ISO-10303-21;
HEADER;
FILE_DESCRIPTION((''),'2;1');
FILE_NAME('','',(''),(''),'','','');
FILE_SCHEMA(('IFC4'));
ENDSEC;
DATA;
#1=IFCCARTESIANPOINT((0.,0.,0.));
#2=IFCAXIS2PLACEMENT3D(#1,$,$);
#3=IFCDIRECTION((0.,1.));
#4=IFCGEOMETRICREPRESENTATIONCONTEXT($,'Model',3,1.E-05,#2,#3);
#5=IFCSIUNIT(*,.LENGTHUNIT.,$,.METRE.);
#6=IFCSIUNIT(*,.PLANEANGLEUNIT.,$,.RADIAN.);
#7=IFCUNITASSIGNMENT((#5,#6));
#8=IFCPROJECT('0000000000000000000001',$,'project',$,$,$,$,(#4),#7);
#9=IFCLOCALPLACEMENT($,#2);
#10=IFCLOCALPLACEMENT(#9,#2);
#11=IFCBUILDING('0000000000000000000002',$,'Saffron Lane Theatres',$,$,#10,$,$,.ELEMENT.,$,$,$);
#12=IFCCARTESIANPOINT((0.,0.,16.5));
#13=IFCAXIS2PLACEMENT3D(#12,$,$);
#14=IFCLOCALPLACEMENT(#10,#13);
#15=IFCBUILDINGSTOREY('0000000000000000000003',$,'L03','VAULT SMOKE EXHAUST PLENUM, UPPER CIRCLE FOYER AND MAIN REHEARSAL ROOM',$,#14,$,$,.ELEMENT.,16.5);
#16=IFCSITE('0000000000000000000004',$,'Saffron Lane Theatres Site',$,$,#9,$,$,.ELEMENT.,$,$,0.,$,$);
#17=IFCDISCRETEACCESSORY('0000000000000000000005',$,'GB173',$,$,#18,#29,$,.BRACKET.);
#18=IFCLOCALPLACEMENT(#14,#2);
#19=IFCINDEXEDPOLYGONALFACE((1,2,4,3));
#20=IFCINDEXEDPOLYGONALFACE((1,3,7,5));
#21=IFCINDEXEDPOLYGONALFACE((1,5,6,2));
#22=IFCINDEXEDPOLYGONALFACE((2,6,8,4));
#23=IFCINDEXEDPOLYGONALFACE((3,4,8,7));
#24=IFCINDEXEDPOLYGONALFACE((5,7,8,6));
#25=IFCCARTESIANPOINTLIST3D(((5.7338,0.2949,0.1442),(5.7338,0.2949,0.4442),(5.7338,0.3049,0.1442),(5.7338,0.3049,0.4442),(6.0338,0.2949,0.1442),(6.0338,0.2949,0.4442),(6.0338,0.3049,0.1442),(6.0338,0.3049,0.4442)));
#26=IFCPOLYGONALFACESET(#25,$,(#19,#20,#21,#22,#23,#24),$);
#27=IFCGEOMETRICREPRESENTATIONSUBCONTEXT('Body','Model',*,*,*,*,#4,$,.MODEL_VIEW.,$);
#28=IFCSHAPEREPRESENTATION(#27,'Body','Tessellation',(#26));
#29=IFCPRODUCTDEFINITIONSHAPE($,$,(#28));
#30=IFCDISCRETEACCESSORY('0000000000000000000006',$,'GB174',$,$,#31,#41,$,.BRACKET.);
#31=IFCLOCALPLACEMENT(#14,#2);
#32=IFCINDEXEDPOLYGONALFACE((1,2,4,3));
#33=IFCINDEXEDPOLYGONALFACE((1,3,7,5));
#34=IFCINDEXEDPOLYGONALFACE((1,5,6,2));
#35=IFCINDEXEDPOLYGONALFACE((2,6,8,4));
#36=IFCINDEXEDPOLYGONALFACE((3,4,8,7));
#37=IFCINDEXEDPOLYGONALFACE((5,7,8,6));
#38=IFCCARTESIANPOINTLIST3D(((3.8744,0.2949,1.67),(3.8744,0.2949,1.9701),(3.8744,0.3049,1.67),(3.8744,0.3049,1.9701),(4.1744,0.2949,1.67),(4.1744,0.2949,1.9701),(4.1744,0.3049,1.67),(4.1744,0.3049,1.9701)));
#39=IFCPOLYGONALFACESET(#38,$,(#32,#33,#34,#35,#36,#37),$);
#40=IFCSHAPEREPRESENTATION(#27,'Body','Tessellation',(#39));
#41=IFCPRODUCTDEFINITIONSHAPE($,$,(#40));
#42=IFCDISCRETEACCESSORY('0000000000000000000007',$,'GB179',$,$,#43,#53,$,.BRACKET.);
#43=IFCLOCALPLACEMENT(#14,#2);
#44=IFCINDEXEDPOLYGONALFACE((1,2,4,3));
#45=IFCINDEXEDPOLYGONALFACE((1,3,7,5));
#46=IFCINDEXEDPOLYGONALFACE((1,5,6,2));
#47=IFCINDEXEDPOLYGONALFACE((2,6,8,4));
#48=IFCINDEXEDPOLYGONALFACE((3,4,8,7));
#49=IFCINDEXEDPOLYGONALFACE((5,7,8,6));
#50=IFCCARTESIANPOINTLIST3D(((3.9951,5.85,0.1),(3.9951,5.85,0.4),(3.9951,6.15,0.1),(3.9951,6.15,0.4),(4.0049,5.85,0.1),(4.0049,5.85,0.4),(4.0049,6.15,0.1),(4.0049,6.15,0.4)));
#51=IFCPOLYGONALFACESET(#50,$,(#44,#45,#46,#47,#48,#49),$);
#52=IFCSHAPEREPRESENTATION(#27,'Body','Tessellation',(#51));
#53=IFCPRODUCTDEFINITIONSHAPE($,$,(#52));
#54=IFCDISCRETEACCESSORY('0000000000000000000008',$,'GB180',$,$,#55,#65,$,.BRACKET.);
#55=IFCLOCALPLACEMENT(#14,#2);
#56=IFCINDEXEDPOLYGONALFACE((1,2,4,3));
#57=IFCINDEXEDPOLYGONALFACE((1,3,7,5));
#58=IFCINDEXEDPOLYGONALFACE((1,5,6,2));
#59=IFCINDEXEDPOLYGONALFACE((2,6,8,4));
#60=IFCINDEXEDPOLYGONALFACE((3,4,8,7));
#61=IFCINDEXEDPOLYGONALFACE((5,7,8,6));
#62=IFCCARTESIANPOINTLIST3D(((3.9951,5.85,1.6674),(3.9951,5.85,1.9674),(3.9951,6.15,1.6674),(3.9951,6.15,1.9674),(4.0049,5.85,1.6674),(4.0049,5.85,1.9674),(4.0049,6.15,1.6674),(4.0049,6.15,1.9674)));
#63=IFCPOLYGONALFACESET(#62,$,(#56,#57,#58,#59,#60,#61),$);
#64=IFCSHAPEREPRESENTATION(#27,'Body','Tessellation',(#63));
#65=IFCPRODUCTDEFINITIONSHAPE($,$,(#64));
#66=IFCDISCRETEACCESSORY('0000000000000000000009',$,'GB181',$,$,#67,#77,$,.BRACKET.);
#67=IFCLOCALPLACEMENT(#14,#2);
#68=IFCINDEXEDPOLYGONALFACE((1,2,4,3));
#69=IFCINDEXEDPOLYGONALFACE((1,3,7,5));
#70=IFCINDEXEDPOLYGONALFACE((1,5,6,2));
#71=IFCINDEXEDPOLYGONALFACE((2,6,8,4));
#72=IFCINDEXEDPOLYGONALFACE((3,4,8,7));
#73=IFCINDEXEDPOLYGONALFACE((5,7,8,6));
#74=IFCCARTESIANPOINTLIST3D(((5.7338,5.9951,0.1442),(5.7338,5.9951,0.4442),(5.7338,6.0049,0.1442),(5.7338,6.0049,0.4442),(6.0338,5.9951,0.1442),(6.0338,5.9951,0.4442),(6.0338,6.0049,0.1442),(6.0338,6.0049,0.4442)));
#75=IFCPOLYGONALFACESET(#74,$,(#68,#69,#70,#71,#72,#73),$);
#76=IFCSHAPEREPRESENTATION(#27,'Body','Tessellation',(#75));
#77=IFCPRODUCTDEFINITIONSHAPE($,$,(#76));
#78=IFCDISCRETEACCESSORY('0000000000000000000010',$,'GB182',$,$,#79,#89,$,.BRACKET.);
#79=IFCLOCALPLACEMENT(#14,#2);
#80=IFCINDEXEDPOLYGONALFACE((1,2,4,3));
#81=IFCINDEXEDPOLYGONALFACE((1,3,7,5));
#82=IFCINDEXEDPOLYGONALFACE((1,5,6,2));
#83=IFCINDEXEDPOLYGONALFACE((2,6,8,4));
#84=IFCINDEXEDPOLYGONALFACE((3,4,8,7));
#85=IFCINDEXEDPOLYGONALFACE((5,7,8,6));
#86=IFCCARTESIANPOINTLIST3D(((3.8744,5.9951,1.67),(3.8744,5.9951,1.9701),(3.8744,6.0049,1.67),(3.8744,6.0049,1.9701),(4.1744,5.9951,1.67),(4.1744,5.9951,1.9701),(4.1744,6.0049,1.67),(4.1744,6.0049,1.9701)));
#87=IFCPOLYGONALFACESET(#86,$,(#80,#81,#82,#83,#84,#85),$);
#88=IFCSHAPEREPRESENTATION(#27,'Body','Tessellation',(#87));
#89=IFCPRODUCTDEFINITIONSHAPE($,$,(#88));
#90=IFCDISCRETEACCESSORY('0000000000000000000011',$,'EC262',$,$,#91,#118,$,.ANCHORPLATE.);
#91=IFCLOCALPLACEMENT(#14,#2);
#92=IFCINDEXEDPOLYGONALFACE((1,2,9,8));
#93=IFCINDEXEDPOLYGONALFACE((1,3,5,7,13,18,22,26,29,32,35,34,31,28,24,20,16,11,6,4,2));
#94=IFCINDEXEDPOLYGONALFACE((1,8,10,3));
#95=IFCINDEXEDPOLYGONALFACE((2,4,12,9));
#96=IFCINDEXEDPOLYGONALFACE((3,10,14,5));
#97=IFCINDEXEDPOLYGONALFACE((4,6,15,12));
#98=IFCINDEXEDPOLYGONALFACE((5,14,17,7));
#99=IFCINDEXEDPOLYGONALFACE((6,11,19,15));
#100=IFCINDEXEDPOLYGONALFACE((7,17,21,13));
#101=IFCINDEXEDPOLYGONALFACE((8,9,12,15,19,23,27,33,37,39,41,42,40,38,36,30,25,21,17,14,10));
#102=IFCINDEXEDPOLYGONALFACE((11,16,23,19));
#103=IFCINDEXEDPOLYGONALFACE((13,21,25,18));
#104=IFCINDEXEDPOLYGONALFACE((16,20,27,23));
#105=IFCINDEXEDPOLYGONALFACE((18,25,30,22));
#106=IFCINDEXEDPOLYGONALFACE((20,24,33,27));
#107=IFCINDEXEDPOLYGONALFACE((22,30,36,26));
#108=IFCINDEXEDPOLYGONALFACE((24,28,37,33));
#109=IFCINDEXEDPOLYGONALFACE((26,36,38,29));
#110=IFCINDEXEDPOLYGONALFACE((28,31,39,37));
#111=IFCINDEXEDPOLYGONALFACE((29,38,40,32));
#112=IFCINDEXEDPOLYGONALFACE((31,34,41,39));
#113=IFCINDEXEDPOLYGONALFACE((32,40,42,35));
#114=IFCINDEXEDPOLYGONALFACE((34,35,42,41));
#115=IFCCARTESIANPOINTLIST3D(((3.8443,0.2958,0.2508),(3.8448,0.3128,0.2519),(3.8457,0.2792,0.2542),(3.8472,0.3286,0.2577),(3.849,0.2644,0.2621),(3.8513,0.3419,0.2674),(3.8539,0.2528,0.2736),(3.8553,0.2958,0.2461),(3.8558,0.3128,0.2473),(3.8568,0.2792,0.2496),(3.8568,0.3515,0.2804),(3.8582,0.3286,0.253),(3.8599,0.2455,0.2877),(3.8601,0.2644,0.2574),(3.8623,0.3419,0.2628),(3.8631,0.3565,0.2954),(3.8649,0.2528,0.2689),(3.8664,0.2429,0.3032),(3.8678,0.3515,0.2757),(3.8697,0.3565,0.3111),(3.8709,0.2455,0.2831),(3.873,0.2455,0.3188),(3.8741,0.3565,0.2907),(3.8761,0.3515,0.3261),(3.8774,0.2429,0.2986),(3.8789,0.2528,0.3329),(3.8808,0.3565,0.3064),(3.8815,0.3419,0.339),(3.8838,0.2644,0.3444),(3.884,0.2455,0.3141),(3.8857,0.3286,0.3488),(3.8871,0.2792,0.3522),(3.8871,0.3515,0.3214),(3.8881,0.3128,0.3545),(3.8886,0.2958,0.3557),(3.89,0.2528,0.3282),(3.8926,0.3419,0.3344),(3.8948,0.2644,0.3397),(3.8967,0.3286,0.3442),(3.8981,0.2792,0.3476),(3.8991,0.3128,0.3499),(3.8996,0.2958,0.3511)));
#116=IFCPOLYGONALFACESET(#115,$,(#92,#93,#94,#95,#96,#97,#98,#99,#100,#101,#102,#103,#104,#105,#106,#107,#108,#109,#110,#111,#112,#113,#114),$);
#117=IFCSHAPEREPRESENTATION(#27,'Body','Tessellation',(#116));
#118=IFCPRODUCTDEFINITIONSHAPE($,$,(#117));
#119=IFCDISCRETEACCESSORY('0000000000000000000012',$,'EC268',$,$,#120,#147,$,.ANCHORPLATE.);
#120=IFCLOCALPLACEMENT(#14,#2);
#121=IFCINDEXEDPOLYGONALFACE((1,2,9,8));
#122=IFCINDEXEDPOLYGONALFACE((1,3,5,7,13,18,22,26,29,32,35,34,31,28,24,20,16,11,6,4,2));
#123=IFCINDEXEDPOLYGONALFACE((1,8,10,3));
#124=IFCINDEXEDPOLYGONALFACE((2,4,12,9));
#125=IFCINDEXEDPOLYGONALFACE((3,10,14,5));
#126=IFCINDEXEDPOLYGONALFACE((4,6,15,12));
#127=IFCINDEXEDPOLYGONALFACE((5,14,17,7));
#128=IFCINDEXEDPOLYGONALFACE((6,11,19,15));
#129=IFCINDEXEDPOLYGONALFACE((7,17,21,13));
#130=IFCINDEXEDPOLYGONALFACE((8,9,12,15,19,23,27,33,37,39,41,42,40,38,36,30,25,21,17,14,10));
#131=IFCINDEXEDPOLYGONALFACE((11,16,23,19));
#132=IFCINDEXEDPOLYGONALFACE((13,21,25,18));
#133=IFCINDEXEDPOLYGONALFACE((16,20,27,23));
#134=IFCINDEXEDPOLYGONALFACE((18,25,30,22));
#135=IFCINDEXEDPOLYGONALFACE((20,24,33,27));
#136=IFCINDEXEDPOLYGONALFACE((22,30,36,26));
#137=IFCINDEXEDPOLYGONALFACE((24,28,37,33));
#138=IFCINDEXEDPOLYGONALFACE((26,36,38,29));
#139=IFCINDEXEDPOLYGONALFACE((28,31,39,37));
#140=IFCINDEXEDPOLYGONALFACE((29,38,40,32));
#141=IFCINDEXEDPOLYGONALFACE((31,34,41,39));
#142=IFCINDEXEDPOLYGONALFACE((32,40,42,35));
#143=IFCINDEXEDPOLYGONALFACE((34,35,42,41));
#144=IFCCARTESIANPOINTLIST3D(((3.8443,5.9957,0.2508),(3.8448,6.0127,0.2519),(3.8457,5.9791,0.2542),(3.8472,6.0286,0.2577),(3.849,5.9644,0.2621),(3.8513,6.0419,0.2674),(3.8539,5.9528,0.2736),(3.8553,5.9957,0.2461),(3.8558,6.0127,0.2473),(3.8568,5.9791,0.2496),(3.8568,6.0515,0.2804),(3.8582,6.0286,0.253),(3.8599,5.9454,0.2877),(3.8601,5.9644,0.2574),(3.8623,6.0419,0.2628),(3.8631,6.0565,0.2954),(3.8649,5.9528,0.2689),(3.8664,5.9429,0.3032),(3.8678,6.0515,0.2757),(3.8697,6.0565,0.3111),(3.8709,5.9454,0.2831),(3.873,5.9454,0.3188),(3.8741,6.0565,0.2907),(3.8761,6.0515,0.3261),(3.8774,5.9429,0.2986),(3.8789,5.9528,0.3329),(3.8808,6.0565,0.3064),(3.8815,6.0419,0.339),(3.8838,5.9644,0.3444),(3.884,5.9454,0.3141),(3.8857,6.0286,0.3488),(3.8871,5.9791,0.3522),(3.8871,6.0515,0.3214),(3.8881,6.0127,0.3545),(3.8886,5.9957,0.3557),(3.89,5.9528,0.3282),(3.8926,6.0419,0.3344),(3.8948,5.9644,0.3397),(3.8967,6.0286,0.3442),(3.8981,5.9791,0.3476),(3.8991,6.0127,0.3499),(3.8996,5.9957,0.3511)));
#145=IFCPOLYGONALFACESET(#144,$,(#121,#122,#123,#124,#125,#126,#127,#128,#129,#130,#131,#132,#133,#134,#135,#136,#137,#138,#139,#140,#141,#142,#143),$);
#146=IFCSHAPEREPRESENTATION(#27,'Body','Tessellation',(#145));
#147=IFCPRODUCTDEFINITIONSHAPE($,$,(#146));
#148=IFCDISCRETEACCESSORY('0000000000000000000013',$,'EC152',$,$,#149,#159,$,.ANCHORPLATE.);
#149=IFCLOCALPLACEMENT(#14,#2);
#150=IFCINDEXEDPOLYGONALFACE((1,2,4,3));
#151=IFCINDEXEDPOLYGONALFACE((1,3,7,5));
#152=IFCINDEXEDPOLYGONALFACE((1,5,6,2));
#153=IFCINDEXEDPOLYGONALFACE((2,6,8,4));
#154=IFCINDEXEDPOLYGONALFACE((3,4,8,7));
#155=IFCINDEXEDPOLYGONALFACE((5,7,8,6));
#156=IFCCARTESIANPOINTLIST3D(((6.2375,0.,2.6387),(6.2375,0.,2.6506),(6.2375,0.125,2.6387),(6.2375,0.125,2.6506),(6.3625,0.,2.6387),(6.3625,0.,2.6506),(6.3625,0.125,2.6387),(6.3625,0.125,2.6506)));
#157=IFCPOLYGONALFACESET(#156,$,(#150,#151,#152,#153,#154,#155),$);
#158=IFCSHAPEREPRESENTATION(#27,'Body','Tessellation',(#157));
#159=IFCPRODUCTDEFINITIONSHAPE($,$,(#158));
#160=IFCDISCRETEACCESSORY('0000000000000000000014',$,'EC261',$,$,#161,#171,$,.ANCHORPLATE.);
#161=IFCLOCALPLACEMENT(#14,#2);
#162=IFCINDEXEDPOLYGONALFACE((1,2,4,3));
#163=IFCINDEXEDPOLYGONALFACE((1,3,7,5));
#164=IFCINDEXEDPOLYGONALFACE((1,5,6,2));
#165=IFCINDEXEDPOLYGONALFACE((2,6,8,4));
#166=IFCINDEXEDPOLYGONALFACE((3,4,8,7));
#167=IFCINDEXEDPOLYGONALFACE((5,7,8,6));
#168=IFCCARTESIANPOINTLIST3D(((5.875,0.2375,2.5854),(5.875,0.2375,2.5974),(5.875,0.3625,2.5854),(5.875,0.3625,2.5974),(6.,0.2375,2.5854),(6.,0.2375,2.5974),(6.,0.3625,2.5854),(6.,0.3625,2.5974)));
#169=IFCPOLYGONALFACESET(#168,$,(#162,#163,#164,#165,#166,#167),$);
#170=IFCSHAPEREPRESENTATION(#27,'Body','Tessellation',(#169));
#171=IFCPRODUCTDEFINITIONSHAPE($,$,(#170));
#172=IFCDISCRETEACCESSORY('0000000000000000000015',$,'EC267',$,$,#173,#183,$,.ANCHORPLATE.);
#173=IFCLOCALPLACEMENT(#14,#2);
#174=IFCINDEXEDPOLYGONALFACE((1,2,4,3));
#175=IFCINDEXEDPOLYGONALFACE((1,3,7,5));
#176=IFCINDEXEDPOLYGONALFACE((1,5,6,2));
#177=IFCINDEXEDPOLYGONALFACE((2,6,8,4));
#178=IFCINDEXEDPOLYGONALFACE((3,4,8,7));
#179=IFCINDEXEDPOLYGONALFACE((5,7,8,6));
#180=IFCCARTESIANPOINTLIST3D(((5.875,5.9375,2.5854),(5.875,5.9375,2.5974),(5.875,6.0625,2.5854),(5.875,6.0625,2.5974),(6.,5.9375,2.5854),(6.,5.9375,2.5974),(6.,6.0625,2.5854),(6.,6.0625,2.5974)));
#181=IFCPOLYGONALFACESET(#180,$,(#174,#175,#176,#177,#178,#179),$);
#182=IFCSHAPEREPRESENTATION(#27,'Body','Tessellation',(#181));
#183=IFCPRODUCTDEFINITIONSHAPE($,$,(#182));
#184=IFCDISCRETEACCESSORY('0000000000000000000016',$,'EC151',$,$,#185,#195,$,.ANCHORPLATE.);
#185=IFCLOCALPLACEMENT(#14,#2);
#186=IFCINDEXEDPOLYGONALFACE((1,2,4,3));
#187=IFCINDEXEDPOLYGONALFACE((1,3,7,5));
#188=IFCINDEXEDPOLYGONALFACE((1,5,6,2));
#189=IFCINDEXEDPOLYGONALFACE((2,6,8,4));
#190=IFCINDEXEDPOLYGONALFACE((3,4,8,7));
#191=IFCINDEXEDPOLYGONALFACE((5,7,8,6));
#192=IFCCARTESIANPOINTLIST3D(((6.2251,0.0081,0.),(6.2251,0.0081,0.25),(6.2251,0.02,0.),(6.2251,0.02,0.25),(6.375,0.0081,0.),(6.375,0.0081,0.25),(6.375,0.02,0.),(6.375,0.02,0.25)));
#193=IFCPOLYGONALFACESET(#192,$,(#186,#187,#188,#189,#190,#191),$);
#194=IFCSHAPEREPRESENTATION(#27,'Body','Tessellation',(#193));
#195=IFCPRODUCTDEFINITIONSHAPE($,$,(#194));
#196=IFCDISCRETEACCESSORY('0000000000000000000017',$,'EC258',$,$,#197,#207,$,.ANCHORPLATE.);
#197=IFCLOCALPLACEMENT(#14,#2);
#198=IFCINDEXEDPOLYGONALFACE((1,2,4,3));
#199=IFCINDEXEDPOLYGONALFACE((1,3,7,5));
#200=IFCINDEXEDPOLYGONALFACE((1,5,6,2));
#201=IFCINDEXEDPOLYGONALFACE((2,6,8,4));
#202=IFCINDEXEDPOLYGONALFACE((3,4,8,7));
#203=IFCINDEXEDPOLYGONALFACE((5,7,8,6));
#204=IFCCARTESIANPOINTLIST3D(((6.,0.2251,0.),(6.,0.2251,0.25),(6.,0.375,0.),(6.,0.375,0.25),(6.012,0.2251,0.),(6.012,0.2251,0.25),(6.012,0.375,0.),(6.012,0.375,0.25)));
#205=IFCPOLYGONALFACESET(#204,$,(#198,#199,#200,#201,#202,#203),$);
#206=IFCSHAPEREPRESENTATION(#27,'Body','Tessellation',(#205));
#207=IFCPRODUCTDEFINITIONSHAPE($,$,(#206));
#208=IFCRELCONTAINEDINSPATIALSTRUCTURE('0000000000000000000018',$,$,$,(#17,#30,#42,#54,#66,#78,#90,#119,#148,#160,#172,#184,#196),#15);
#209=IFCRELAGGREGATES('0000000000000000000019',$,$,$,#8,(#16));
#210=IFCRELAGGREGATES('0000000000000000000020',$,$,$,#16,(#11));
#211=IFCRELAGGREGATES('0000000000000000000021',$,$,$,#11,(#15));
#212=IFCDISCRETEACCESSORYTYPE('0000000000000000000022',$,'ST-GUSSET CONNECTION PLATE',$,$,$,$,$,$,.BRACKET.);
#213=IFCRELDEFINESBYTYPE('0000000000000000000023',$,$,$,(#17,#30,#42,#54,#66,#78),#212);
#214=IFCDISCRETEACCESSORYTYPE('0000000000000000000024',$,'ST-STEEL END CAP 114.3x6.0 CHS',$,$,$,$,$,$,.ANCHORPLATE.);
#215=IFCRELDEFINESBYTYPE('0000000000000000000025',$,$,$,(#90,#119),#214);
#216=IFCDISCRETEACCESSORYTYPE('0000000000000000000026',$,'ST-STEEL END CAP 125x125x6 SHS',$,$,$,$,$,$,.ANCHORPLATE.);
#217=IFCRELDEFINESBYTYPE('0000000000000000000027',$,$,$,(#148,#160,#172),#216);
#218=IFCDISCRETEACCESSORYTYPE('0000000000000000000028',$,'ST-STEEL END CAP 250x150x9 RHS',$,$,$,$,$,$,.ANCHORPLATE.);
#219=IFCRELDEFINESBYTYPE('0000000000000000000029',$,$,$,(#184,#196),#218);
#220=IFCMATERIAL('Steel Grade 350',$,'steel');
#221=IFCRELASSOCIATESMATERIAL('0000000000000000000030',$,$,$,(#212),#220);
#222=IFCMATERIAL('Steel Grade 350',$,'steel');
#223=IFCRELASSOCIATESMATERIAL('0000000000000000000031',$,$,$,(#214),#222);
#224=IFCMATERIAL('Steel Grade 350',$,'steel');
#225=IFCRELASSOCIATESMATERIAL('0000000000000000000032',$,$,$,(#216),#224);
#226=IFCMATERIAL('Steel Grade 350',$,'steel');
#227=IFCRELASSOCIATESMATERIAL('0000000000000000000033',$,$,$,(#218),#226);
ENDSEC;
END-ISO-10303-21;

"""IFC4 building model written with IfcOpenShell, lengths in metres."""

from ifc_helpers import new_model, si_unit, direction, frame, origin, origin_2d, place, context, subcontext, project, spatial, rectangle, circle, extrude, material, material_profile, profile_set, type_object, element, save


model = new_model("IFC4")

# Units and contexts
model_context = context("Model", 3, precision=1e-05, world=origin(), true_north=direction((0.0, 1.0)))
body_context = subcontext(model_context, "Body", "Model", "MODEL_VIEW")
ifc_project = project(units=[si_unit("LENGTHUNIT", "METRE"), si_unit("PLANEANGLEUNIT", "RADIAN")], contexts=[model_context])

# Site, building, storey
site_placement = place(None, origin())
site = spatial("IfcSite", under=ifc_project, at=site_placement, Name="Saffron Lane Theatres Site", CompositionType="ELEMENT", RefElevation=0.0)
building_placement = place(site_placement, origin())
building = spatial("IfcBuilding", under=site, at=building_placement, Name="Saffron Lane Theatres", CompositionType="ELEMENT")
storey_placement = place(building_placement, frame((0.0, 0.0, 16.5)))
storey = spatial("IfcBuildingStorey", under=building, at=storey_placement, Name="L03", Description="VAULT SMOKE EXHAUST PLENUM, UPPER CIRCLE FOYER AND MAIN REHEARSAL ROOM", CompositionType="ELEMENT", Elevation=16.5)

# Discrete accessories
ifc_material_1 = material(Name="Steel Grade 350", Category="steel")
ifc_material_profile_1 = material_profile(ifc_material_1, rectangle(XDim=0.3, YDim=0.3, at=origin_2d()))
ifc_profile_set_1 = profile_set([ifc_material_profile_1], Name="Steel Grade 350")
discrete_accessory_type_1 = type_object("IfcDiscreteAccessoryType", Name="ST-GUSSET CONNECTION PLATE", PredefinedType="BRACKET", material=ifc_profile_set_1)
for number, where, z_axis, x_axis, name in (
    (1, (5.8838, 0.2949, 0.2942), (0.0, 1.0, 0.0), (-1.0, 0.0, 0.0), "GB173"),
    (2, (4.0244, 0.2949, 1.8201), (0.0, 1.0, 0.0), (-1.0, 0.0, 0.0), "GB174"),
):
    element("IfcDiscreteAccessory", number, at=place(storey_placement, frame(where, z_axis=z_axis, x_axis=x_axis)), inside=storey, type_object=discrete_accessory_type_1, Name=name, PredefinedType="BRACKET", context=body_context, shape_type="SweptSolid", body=[
        extrude(rectangle(XDim=0.3, YDim=0.3, at=origin_2d()), origin(), (0.0, 0.0, 1.0), 0.01),
    ])
for number, where, z_axis, x_axis, name in (
    (3, (3.9951, 6.0, 0.25), (1.0, 0.0, 0.0), (0.0, 1.0, 0.0), "GB179"),
    (4, (3.9951, 6.0, 1.8174), (1.0, 0.0, 0.0), (0.0, 1.0, 0.0), "GB180"),
    (5, (5.8838, 5.9951, 0.2942), (0.0, 1.0, 0.0), (-1.0, 0.0, 0.0), "GB181"),
    (6, (4.0244, 5.9951, 1.8201), (0.0, 1.0, 0.0), (-1.0, 0.0, 0.0), "GB182"),
):
    element("IfcDiscreteAccessory", number, at=place(storey_placement, frame(where, z_axis=z_axis, x_axis=x_axis)), inside=storey, type_object=discrete_accessory_type_1, Name=name, PredefinedType="BRACKET", context=body_context, shape_type="SweptSolid", body=[
        extrude(rectangle(XDim=0.3, YDim=0.3, at=origin_2d()), origin(), (0.0, 0.0, 1.0), 0.0098),
    ])
ifc_material_2 = material(Name="Steel Grade 350", Category="steel")
ifc_material_profile_2 = material_profile(ifc_material_2, circle(Radius=0.0571, at=origin_2d()))
ifc_profile_set_2 = profile_set([ifc_material_profile_2], Name="Steel Grade 350")
discrete_accessory_type_2 = type_object("IfcDiscreteAccessoryType", Name="ST-STEEL END CAP 114.3x6.0 CHS", PredefinedType="ANCHORPLATE", material=ifc_profile_set_2)
for number, where, z_axis, x_axis, name in (
    (7, (3.8774, 0.3, 0.2986), (-0.92125, 0.0, 0.388972), (0.0, -1.0, 0.0), "EC262"),
    (8, (3.8774, 6.0, 0.2986), (-0.92125, 0.0, 0.388972), (0.0, -1.0, 0.0), "EC268"),
):
    element("IfcDiscreteAccessory", number, at=place(storey_placement, frame(where, z_axis=z_axis, x_axis=x_axis)), inside=storey, type_object=discrete_accessory_type_2, Name=name, PredefinedType="ANCHORPLATE", context=body_context, shape_type="SweptSolid", body=[
        extrude(circle(Radius=0.0571, at=origin_2d()), origin(), (0.0, 0.0, 1.0), 0.012),
    ])
ifc_material_3 = material(Name="Steel Grade 350", Category="steel")
ifc_material_profile_3 = material_profile(ifc_material_3, rectangle(XDim=0.125, YDim=0.125, at=origin_2d()))
ifc_profile_set_3 = profile_set([ifc_material_profile_3], Name="Steel Grade 350")
discrete_accessory_type_3 = type_object("IfcDiscreteAccessoryType", Name="ST-STEEL END CAP 125x125x6 SHS", PredefinedType="ANCHORPLATE", material=ifc_profile_set_3)
for number, where, z_axis, x_axis, name in (
    (9, (6.3, 0.0625, 2.6387), (0.0, 0.0, 1.0), (1.0, 0.0, 0.0), "EC152"),
    (10, (5.9375, 0.3, 2.5854), (0.0, 0.0, 1.0), (1.0, 0.0, 0.0), "EC261"),
    (11, (5.9375, 6.0, 2.5854), (0.0, 0.0, 1.0), (1.0, 0.0, 0.0), "EC267"),
):
    element("IfcDiscreteAccessory", number, at=place(storey_placement, frame(where, z_axis=z_axis, x_axis=x_axis)), inside=storey, type_object=discrete_accessory_type_3, Name=name, PredefinedType="ANCHORPLATE", context=body_context, shape_type="SweptSolid", body=[
        extrude(rectangle(XDim=0.125, YDim=0.125, at=origin_2d()), origin(), (0.0, 0.0, 1.0), 0.012),
    ])
ifc_material_4 = material(Name="Steel Grade 350", Category="steel")
ifc_material_profile_4 = material_profile(ifc_material_4, rectangle(XDim=0.1499, YDim=0.25, at=origin_2d()))
ifc_profile_set_4 = profile_set([ifc_material_profile_4], Name="Steel Grade 350")
discrete_accessory_type_4 = type_object("IfcDiscreteAccessoryType", Name="ST-STEEL END CAP 250x150x9 RHS", PredefinedType="ANCHORPLATE", material=ifc_profile_set_4)
for number, where, z_axis, x_axis, name in (
    (12, (6.3, 0.0081, 0.125), (0.0, 1.0, 0.0), (-1.0, 0.0, 0.0), "EC151"),
    (13, (6.0, 0.3, 0.125), (1.0, 0.0, 0.0), (0.0, 1.0, 0.0), "EC258"),
):
    element("IfcDiscreteAccessory", number, at=place(storey_placement, frame(where, z_axis=z_axis, x_axis=x_axis)), inside=storey, type_object=discrete_accessory_type_4, Name=name, PredefinedType="ANCHORPLATE", context=body_context, shape_type="SweptSolid", body=[
        extrude(rectangle(XDim=0.1499, YDim=0.25, at=origin_2d()), origin(), (0.0, 0.0, 1.0), 0.012),
    ])

save(model, "model.ifc")
